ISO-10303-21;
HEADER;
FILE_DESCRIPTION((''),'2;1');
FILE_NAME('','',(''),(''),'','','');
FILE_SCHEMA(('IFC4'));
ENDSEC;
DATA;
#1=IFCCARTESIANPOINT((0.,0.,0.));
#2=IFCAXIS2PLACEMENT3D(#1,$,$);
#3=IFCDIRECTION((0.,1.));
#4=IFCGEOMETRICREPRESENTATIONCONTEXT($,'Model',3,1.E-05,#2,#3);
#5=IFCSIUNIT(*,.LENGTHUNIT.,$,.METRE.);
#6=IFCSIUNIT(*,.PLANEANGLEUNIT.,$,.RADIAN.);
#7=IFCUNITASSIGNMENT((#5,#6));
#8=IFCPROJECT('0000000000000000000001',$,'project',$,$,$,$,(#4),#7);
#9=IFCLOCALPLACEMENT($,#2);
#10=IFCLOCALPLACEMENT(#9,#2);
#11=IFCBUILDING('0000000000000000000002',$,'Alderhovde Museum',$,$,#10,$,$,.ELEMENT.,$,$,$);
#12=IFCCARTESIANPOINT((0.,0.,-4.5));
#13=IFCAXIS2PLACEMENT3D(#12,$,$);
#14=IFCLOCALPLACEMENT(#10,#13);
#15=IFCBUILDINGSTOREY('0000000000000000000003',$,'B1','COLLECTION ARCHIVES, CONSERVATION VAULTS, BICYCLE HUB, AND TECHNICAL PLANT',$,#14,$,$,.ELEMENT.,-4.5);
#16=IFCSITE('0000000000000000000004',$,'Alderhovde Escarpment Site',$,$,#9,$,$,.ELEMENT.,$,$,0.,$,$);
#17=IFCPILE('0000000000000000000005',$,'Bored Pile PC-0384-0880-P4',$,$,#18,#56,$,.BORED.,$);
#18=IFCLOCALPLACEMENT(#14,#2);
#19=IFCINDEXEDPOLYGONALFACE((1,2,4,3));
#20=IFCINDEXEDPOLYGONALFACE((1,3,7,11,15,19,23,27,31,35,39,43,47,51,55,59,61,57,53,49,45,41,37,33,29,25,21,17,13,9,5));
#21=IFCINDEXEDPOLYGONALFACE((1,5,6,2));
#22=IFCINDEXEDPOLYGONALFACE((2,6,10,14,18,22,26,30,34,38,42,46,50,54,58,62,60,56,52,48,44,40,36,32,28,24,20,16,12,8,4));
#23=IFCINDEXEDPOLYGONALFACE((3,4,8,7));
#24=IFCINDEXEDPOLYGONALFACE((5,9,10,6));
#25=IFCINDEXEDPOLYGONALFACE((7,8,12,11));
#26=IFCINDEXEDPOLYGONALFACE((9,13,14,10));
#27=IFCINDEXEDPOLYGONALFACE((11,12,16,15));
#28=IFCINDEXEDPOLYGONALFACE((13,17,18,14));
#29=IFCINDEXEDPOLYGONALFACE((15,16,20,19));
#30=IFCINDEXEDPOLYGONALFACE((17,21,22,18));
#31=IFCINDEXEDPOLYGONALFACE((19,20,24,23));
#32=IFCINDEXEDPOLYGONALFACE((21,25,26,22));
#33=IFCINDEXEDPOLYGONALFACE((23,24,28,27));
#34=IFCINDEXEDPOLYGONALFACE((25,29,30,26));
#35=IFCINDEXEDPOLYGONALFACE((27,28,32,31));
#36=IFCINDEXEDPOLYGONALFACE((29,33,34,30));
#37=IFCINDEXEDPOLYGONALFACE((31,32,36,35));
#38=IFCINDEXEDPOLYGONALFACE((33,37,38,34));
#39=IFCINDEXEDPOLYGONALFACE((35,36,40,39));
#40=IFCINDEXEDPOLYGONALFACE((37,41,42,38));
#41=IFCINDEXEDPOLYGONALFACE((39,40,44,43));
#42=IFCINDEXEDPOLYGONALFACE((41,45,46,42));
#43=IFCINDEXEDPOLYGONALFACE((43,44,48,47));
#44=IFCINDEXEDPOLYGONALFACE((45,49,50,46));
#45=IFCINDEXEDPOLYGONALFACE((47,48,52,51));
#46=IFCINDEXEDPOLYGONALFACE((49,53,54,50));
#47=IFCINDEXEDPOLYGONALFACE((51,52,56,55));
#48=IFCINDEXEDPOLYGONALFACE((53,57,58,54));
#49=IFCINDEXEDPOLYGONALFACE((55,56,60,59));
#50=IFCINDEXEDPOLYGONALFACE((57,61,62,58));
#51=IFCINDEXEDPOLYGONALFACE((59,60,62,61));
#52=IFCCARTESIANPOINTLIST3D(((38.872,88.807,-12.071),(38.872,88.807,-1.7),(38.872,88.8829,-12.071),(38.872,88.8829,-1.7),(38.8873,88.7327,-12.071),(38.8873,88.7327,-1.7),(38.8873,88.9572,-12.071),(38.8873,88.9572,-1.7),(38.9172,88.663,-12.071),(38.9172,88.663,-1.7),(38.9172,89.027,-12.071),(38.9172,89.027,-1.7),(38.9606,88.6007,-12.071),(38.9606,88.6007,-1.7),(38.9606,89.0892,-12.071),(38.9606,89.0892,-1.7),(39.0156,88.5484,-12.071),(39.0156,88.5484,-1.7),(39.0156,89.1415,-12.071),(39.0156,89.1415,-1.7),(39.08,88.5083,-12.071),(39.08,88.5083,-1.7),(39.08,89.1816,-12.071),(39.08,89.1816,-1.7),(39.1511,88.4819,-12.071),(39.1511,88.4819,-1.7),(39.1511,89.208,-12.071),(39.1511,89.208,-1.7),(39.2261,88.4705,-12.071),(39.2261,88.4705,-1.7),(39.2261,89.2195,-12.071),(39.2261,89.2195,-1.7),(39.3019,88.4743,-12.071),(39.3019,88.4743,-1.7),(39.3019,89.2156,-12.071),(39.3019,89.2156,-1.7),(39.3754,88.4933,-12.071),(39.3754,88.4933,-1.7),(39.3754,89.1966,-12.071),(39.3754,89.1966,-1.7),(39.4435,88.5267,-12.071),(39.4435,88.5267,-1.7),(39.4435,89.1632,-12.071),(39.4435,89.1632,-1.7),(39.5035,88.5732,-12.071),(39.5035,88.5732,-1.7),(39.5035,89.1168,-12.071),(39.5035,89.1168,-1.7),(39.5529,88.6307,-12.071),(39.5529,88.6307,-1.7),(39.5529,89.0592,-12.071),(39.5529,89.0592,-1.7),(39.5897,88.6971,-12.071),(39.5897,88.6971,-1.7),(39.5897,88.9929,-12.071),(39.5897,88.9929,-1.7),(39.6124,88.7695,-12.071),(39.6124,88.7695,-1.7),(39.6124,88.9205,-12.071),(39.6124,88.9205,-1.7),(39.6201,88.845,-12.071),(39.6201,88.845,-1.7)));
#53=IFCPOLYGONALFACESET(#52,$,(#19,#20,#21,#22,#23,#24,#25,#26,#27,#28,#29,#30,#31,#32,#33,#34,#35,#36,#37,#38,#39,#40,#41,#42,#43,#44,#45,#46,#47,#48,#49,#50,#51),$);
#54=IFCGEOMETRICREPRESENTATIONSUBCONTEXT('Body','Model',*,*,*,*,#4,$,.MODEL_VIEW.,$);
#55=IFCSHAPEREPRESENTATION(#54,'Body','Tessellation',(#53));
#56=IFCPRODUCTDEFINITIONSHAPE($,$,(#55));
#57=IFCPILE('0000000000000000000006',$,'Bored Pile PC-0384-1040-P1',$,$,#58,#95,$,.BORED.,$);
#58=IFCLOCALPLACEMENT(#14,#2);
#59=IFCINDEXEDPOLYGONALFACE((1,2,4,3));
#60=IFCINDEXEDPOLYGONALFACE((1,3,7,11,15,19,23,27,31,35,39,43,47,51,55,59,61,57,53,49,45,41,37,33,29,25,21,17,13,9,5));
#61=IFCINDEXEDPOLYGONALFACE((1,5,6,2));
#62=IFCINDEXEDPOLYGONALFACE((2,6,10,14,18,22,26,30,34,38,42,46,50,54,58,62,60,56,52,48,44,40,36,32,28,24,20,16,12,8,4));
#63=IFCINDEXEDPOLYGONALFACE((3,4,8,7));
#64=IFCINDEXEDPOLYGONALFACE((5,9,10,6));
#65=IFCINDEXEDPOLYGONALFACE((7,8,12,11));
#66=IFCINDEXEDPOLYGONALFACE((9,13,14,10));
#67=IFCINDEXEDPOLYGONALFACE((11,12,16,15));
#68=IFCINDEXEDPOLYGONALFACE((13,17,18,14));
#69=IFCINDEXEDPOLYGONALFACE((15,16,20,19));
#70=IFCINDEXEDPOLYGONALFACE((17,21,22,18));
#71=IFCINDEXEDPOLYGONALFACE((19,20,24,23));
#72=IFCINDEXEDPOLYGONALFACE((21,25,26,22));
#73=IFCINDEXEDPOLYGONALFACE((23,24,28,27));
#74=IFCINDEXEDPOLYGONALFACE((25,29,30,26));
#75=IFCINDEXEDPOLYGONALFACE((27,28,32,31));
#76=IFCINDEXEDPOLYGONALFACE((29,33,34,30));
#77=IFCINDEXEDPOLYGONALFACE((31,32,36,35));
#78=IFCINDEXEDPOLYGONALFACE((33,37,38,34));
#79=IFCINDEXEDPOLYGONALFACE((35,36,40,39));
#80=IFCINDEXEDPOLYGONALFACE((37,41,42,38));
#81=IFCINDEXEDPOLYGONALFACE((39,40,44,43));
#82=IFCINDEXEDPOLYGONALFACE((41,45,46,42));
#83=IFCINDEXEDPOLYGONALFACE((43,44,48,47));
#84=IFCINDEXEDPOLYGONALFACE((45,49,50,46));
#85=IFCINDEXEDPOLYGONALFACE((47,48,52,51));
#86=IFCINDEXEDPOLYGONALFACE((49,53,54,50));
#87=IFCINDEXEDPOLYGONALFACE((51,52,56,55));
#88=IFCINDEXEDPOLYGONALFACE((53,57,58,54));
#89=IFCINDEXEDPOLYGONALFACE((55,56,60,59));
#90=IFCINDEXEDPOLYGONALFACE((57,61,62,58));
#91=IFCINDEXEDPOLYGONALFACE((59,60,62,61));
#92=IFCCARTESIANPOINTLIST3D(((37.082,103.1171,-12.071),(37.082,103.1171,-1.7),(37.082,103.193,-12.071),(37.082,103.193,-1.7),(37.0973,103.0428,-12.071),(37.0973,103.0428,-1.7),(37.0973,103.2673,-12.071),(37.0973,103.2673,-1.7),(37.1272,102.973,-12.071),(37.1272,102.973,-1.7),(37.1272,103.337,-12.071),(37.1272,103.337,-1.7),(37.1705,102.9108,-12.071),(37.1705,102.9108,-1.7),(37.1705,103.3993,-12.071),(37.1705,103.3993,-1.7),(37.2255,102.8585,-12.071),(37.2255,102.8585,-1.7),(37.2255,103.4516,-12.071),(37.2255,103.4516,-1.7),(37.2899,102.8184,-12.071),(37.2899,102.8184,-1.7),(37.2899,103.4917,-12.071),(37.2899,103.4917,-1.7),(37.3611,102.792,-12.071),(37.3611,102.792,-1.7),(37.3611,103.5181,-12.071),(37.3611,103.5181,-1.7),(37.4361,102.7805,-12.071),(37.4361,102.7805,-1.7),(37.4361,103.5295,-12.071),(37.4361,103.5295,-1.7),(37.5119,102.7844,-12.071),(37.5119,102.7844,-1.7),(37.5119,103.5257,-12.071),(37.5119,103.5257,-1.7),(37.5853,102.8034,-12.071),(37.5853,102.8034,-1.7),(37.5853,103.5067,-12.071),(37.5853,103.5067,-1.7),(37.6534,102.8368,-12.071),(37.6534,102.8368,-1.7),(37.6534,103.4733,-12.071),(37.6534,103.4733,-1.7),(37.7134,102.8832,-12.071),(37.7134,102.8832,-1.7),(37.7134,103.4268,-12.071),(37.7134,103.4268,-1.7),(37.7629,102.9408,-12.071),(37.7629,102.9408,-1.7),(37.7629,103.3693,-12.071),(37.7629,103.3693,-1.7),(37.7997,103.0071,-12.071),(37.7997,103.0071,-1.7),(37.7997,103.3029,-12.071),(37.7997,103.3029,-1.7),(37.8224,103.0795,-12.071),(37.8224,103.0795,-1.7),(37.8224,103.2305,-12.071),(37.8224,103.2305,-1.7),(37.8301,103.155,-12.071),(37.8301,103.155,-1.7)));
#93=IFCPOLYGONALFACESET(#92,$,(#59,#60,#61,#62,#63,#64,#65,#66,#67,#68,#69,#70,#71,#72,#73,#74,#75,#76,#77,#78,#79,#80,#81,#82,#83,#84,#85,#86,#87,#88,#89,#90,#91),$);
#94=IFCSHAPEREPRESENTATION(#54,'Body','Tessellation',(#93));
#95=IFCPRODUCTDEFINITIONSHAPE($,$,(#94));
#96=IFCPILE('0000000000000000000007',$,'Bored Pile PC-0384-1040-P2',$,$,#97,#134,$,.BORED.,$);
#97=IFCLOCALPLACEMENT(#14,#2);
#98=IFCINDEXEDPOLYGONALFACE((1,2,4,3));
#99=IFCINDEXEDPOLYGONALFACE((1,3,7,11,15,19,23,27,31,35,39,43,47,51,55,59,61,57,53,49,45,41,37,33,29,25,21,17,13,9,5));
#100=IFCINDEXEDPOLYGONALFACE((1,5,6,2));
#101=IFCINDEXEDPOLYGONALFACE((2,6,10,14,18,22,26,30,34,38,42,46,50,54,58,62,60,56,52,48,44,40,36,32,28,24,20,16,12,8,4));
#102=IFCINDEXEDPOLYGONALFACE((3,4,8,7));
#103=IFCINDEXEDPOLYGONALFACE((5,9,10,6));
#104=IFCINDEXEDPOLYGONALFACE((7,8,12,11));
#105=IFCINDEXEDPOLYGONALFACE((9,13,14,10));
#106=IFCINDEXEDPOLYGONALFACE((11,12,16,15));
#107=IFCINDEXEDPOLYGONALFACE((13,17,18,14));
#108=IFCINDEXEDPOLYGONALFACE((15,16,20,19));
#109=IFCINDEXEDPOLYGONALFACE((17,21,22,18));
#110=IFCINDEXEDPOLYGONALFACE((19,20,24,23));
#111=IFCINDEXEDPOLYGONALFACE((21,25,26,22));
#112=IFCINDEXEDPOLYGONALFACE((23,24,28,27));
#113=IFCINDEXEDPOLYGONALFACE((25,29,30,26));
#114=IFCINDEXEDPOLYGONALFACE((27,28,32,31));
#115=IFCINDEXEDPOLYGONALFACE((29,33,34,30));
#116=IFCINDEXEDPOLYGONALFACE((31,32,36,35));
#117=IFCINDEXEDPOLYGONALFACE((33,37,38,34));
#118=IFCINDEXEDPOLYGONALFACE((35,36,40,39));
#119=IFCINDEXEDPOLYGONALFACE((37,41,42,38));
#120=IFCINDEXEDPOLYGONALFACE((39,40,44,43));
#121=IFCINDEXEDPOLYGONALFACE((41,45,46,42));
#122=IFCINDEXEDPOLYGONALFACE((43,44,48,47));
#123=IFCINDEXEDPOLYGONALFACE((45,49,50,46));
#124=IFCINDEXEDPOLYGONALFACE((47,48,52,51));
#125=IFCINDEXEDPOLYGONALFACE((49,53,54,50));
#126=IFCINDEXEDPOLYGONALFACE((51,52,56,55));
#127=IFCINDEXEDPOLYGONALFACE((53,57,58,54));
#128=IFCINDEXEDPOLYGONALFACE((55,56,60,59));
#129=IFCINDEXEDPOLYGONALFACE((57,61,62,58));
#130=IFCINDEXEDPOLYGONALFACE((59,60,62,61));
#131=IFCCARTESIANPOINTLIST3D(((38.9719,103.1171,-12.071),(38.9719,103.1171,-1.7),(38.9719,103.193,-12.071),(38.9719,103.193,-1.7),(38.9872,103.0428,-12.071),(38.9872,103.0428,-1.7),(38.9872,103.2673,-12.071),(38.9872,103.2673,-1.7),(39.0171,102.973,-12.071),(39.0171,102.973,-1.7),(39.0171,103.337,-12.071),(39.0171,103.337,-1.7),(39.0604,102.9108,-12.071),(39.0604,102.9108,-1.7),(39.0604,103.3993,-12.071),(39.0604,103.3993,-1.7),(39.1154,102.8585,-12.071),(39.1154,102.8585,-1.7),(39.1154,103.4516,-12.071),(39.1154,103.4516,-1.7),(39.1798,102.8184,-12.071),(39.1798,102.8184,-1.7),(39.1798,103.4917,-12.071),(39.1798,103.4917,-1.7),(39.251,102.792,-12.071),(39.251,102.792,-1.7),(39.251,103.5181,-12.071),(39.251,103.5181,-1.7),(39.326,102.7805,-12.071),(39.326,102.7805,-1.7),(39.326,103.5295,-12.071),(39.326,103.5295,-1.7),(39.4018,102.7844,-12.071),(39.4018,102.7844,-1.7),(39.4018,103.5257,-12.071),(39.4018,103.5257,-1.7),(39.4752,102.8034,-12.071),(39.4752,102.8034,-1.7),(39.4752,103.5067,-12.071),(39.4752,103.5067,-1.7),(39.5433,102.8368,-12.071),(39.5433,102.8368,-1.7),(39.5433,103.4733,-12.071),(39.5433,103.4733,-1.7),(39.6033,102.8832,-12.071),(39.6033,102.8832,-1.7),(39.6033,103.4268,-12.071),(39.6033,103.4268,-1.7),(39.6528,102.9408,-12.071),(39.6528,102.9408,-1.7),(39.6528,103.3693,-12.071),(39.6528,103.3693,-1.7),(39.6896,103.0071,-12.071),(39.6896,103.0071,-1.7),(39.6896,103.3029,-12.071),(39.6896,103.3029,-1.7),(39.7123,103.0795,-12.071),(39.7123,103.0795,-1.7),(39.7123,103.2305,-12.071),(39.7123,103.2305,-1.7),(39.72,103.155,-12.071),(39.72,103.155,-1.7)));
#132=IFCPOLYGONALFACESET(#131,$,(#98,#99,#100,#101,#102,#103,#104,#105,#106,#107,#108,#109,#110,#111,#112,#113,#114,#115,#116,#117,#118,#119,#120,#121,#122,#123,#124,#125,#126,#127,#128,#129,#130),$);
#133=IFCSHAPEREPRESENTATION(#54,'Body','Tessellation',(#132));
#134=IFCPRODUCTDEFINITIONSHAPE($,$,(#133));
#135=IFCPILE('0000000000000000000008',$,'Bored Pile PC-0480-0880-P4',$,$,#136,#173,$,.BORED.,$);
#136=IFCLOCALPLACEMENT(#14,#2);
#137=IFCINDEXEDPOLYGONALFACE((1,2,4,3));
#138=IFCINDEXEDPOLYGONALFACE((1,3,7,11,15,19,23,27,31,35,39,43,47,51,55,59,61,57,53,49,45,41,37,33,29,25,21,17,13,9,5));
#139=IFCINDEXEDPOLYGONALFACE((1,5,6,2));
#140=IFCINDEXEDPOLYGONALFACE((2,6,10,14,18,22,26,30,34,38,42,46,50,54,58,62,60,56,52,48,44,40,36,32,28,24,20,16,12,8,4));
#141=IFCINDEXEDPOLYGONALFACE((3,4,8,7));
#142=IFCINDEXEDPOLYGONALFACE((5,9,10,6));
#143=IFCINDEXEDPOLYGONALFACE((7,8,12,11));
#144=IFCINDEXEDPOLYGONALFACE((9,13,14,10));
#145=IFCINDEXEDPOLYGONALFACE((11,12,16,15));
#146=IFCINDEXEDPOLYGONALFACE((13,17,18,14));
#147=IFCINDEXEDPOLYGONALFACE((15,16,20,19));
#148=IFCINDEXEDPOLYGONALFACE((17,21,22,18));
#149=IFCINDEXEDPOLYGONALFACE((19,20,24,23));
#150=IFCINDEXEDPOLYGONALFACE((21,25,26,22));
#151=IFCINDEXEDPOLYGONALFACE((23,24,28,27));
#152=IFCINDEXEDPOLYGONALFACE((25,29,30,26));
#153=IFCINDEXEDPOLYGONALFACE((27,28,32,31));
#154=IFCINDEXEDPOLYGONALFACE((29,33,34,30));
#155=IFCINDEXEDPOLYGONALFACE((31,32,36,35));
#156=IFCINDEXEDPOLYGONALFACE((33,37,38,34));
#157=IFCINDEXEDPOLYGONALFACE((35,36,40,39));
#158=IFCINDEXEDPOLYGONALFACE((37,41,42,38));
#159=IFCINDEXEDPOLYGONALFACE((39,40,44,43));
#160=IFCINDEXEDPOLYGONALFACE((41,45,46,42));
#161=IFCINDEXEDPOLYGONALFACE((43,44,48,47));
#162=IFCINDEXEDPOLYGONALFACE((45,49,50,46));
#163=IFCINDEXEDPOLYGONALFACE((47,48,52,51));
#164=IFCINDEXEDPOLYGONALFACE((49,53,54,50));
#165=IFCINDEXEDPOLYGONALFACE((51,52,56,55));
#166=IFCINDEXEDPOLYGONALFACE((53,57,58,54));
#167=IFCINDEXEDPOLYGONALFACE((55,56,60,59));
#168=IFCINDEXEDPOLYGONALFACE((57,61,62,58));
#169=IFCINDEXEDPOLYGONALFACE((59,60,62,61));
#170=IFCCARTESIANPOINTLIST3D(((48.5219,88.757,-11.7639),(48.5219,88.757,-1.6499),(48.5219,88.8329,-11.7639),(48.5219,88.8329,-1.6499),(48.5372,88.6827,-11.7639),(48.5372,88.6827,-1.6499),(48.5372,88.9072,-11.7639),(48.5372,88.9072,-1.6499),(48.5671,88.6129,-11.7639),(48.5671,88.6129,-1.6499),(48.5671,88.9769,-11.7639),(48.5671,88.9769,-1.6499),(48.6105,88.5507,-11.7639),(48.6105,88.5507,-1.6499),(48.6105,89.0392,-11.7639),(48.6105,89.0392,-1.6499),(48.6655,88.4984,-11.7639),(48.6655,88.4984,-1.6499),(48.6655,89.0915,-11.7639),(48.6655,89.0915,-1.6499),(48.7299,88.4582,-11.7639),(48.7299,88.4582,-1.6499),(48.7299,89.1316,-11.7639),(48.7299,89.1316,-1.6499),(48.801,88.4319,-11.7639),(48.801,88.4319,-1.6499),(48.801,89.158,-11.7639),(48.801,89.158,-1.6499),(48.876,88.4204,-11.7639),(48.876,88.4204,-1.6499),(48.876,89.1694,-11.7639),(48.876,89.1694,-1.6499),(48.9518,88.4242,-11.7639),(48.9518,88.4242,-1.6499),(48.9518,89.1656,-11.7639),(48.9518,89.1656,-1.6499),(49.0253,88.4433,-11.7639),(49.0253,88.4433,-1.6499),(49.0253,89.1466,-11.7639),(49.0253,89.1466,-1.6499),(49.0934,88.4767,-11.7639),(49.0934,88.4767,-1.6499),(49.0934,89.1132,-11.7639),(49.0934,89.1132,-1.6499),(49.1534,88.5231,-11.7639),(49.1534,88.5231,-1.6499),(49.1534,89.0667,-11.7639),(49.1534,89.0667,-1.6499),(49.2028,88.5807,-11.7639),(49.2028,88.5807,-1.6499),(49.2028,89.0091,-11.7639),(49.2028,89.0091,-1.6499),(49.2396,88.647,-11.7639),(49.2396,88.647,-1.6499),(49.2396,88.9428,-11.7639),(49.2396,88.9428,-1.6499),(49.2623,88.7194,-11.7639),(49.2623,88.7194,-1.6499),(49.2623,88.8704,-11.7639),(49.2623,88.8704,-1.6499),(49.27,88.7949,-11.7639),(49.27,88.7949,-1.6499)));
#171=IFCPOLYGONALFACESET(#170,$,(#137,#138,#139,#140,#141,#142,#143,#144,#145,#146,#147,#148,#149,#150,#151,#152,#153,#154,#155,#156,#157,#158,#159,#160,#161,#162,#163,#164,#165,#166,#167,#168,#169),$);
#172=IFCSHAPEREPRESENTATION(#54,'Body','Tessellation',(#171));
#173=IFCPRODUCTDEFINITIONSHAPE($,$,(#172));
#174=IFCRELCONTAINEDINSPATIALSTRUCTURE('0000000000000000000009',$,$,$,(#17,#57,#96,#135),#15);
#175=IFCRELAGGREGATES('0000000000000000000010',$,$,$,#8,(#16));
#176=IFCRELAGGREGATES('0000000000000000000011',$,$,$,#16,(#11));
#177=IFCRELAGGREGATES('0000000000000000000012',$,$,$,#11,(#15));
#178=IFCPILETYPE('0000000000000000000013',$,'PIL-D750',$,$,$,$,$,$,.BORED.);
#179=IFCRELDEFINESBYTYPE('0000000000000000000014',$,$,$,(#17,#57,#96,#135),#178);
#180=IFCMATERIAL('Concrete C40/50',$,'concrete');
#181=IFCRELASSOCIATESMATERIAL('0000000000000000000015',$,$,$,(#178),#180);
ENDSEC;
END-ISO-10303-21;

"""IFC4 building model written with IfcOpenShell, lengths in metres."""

from ifc_helpers import new_model, si_unit, direction, frame, origin, origin_2d, place, context, subcontext, project, spatial, circle, extrude, material, material_profile, profile_set, type_object, element, save


model = new_model("IFC4")

# Units and contexts
model_context = context("Model", 3, precision=1e-05, world=origin(), true_north=direction((0.0, 1.0)))
body_context = subcontext(model_context, "Body", "Model", "MODEL_VIEW")
ifc_project = project(units=[si_unit("LENGTHUNIT", "METRE"), si_unit("PLANEANGLEUNIT", "RADIAN")], contexts=[model_context])

# Site, building, storey
site_placement = place(None, origin())
site = spatial("IfcSite", under=ifc_project, at=site_placement, Name="Alderhovde Escarpment Site", CompositionType="ELEMENT", RefElevation=0.0)
building_placement = place(site_placement, origin())
building = spatial("IfcBuilding", under=site, at=building_placement, Name="Alderhovde Museum", CompositionType="ELEMENT")
storey_placement = place(building_placement, frame((0.0, 0.0, -4.5)))
storey = spatial("IfcBuildingStorey", under=building, at=storey_placement, Name="B1", Description="COLLECTION ARCHIVES, CONSERVATION VAULTS, BICYCLE HUB, AND TECHNICAL PLANT", CompositionType="ELEMENT", Elevation=-4.5)

# Piles
ifc_material_1 = material(Name="Concrete C40/50", Category="concrete")
ifc_material_profile_1 = material_profile(ifc_material_1, circle(Radius=0.375, at=origin_2d()), Name="PILE-D750")
ifc_profile_set_1 = profile_set([ifc_material_profile_1], Name="Concrete C40/50")
pile_type_1 = type_object("IfcPileType", Name="PIL-D750", PredefinedType="BORED", material=ifc_profile_set_1)
for number, where, z_axis, x_axis, name in (
    (1, (39.2451, 88.845, -1.7), (0.0, 0.0, -1.0), (1.0, 0.0, 0.0), "Bored Pile PC-0384-0880-P4"),
    (2, (37.4551, 103.155, -1.7), (0.0, 0.0, -1.0), (1.0, 0.0, 0.0), "Bored Pile PC-0384-1040-P1"),
    (3, (39.345, 103.155, -1.7), (0.0, 0.0, -1.0), (1.0, 0.0, 0.0), "Bored Pile PC-0384-1040-P2"),
):
    element("IfcPile", number, at=place(storey_placement, frame(where, z_axis=z_axis, x_axis=x_axis)), inside=storey, type_object=pile_type_1, Name=name, PredefinedType="BORED", context=body_context, shape_type="SweptSolid", body=[
        extrude(circle(Radius=0.375, at=origin_2d()), origin(), (0.0, 0.0, 1.0), 10.3711),
    ])
pile_placement = place(storey_placement, frame((48.895, 88.7949, -1.6499), z_axis=(0.0, 0.0, -1.0), x_axis=(1.0, 0.0, 0.0)))
element("IfcPile", 4, at=pile_placement, inside=storey, type_object=pile_type_1, Name="Bored Pile PC-0480-0880-P4", PredefinedType="BORED", context=body_context, shape_type="SweptSolid", body=[
    extrude(circle(Radius=0.375, at=origin_2d()), origin(), (0.0, 0.0, 1.0), 10.114),
])

save(model, "model.ifc")
